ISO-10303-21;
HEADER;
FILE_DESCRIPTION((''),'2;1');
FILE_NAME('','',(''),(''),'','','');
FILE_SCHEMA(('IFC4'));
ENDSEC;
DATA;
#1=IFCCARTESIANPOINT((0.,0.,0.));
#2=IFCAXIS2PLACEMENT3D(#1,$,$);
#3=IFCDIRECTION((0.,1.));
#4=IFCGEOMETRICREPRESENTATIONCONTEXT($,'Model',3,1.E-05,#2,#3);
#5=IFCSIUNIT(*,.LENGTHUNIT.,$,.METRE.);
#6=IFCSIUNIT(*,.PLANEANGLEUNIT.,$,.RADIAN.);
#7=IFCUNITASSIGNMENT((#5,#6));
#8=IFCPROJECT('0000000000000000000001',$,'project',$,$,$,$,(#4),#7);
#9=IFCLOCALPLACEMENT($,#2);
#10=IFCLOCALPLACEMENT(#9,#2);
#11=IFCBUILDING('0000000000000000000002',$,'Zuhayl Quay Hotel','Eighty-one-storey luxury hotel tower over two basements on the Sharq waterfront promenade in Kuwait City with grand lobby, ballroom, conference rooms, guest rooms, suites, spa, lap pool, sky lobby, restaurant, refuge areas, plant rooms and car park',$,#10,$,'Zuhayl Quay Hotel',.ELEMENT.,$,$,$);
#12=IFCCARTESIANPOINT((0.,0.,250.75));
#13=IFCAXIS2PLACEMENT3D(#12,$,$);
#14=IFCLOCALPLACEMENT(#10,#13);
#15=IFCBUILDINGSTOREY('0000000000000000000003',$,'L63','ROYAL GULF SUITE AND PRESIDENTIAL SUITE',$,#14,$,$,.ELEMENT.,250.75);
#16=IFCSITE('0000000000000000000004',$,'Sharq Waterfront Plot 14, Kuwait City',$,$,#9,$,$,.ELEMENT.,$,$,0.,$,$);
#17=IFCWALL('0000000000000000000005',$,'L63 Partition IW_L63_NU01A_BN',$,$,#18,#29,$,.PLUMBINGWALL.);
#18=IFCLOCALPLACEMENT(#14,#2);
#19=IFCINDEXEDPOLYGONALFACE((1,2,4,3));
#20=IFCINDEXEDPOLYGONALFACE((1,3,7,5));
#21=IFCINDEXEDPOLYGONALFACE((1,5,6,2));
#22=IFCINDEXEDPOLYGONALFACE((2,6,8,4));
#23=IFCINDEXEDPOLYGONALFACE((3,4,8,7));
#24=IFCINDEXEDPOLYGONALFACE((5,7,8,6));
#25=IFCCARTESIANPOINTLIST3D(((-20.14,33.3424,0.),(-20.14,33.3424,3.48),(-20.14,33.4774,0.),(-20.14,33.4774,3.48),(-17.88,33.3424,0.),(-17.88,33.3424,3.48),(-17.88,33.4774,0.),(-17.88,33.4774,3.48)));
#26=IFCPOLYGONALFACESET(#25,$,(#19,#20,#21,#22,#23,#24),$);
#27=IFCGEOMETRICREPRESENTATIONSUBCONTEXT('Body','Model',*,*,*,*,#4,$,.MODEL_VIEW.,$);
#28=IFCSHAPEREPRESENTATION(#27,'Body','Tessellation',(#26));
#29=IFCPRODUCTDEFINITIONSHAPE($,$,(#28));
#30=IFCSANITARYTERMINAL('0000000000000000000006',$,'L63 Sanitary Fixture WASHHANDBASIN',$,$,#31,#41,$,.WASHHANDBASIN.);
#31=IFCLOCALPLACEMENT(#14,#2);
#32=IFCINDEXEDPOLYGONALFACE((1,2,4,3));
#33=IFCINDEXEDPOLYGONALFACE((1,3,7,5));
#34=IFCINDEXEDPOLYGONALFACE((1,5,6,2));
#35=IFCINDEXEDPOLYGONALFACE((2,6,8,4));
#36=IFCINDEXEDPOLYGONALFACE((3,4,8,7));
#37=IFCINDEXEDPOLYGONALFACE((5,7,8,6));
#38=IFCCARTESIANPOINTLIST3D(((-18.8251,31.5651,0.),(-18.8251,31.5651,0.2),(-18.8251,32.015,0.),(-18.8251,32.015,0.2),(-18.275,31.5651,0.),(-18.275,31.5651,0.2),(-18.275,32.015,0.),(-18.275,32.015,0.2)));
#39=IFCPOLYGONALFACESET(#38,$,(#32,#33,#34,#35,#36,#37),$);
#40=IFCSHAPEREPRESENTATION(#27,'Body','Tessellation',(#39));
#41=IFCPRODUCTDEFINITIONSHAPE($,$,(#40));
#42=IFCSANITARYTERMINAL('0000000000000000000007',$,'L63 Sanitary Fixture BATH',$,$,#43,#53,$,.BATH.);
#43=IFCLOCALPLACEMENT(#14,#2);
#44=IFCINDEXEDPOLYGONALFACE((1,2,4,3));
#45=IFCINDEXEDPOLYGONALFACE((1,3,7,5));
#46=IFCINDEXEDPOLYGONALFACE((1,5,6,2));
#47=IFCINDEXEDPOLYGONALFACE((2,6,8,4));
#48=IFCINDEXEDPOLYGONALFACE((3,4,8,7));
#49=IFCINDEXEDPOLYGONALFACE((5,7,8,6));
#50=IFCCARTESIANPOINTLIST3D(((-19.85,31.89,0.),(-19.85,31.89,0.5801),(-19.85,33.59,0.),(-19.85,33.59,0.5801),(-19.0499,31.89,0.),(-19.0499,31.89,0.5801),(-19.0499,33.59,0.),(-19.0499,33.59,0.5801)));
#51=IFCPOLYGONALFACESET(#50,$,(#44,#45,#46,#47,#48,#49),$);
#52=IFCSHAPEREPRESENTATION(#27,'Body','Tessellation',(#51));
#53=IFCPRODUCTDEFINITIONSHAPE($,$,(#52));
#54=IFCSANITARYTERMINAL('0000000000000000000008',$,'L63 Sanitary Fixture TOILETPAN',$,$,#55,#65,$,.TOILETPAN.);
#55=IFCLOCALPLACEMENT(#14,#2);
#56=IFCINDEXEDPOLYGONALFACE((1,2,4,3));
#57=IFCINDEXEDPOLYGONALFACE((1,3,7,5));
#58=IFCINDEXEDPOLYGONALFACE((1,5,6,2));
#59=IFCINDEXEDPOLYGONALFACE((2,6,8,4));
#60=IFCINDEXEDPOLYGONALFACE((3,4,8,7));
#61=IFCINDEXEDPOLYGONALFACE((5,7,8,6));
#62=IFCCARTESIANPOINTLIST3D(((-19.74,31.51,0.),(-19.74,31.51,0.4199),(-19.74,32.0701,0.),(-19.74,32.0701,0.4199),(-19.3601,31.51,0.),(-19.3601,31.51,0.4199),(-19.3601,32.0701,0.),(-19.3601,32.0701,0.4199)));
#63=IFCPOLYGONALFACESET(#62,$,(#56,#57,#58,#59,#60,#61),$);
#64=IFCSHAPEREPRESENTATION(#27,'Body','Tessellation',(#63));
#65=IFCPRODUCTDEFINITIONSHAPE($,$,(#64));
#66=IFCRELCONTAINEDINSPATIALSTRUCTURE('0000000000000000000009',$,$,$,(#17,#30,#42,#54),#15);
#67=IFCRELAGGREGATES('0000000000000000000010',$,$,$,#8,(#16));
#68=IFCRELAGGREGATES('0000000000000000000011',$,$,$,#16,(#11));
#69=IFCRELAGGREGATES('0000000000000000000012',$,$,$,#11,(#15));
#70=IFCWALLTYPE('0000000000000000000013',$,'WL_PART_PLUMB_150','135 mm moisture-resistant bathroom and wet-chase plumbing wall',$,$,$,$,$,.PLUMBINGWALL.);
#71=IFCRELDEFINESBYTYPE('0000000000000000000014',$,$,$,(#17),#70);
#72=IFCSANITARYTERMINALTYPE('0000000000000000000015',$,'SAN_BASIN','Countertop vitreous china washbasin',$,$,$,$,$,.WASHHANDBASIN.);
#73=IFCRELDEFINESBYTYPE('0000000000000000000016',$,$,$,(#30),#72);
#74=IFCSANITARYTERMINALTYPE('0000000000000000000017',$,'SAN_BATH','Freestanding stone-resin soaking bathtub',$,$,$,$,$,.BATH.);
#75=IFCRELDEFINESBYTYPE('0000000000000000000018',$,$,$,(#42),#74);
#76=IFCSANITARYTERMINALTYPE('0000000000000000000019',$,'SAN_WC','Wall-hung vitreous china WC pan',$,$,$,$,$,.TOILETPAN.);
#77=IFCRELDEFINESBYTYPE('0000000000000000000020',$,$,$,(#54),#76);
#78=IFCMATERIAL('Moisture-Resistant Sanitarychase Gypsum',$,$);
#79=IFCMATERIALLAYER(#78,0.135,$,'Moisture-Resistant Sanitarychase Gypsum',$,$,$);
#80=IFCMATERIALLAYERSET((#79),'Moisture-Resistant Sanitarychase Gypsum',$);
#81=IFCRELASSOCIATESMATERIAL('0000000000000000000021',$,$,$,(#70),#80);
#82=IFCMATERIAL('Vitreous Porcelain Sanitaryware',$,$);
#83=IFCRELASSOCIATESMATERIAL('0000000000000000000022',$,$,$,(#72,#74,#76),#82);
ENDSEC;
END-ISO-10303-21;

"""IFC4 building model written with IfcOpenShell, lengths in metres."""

from ifc_helpers import new_model, si_unit, direction, frame, frame_2d, origin, origin_2d, place, context, subcontext, project, spatial, rectangle, extrude, material, layer, layer_set, type_object, element, save


model = new_model("IFC4")

# Units and contexts
model_context = context("Model", 3, precision=1e-05, world=origin(), true_north=direction((0.0, 1.0)))
body_context = subcontext(model_context, "Body", "Model", "MODEL_VIEW")
ifc_project = project(units=[si_unit("LENGTHUNIT", "METRE"), si_unit("PLANEANGLEUNIT", "RADIAN")], contexts=[model_context])

# Site, building, storey
site_placement = place(None, origin())
site = spatial("IfcSite", under=ifc_project, at=site_placement, Name="Sharq Waterfront Plot 14, Kuwait City", CompositionType="ELEMENT", RefElevation=0.0)
building_placement = place(site_placement, origin())
building = spatial("IfcBuilding", under=site, at=building_placement, Name="Zuhayl Quay Hotel", Description="Eighty-one-storey luxury hotel tower over two basements on the Sharq waterfront promenade in Kuwait City with grand lobby, ballroom, conference rooms, guest rooms, suites, spa, lap pool, sky lobby, restaurant, refuge areas, plant rooms and car park", LongName="Zuhayl Quay Hotel", CompositionType="ELEMENT")
storey_placement = place(building_placement, frame((0.0, 0.0, 250.75)))
storey = spatial("IfcBuildingStorey", under=building, at=storey_placement, Name="L63", Description="ROYAL GULF SUITE AND PRESIDENTIAL SUITE", CompositionType="ELEMENT", Elevation=250.75)

# Shared definitions
ifc_material_1 = material(Name="Moisture-Resistant Sanitarychase Gypsum")
ifc_layer_1 = layer(ifc_material_1, 0.135, Name="Moisture-Resistant Sanitarychase Gypsum")
ifc_layer_set_1 = layer_set([ifc_layer_1], Name="Moisture-Resistant Sanitarychase Gypsum")
wall_type_1 = type_object("IfcWallType", Name="WL_PART_PLUMB_150", Description="135 mm moisture-resistant bathroom and wet-chase plumbing wall", PredefinedType="PLUMBINGWALL", material=ifc_layer_set_1)

# Wall
wall_1_placement = place(storey_placement, frame((-20.1399, 33.4099, 0.0), z_axis=(0.0, 0.0, 1.0), x_axis=(1.0, 0.0, 0.0)))
element("IfcWall", 1, at=wall_1_placement, inside=storey, type_object=wall_type_1, Name="L63 Partition IW_L63_NU01A_BN", PredefinedType="PLUMBINGWALL", context=body_context, shape_type="SweptSolid", body=[
    extrude(rectangle(XDim=2.26, YDim=0.135, at=frame_2d((1.1299, 0.0))), origin(), (0.0, 0.0, 1.0), 3.48),
])

# Sanitary terminals
ifc_material_2 = material(Name="Vitreous Porcelain Sanitaryware")
sanitary_terminal_type_1 = type_object("IfcSanitaryTerminalType", Name="SAN_BASIN", Description="Countertop vitreous china washbasin", PredefinedType="WASHHANDBASIN", material=ifc_material_2)
sanitary_terminal_1_placement = place(storey_placement, frame((-18.55, 31.79, 0.0), z_axis=(0.0, 0.0, 1.0), x_axis=(1.0, 0.0, 0.0)))
element("IfcSanitaryTerminal", 2, at=sanitary_terminal_1_placement, inside=storey, type_object=sanitary_terminal_type_1, Name="L63 Sanitary Fixture WASHHANDBASIN", PredefinedType="WASHHANDBASIN", context=body_context, shape_type="SweptSolid", body=[
    extrude(rectangle(XDim=0.55, YDim=0.45, at=origin_2d()), origin(), (0.0, 0.0, 1.0), 0.2),
])
sanitary_terminal_type_2 = type_object("IfcSanitaryTerminalType", Name="SAN_BATH", Description="Freestanding stone-resin soaking bathtub", PredefinedType="BATH", material=ifc_material_2)
sanitary_terminal_2_placement = place(storey_placement, frame((-19.45, 32.74, 0.0), z_axis=(0.0, 0.0, 1.0), x_axis=(1.0, 0.0, 0.0)))
element("IfcSanitaryTerminal", 3, at=sanitary_terminal_2_placement, inside=storey, type_object=sanitary_terminal_type_2, Name="L63 Sanitary Fixture BATH", PredefinedType="BATH", context=body_context, shape_type="SweptSolid", body=[
    extrude(rectangle(XDim=0.8, YDim=1.7, at=origin_2d()), origin(), (0.0, 0.0, 1.0), 0.5801),
])
sanitary_terminal_type_3 = type_object("IfcSanitaryTerminalType", Name="SAN_WC", Description="Wall-hung vitreous china WC pan", PredefinedType="TOILETPAN", material=ifc_material_2)
sanitary_terminal_3_placement = place(storey_placement, frame((-19.55, 31.79, 0.0), z_axis=(0.0, 0.0, 1.0), x_axis=(1.0, 0.0, 0.0)))
element("IfcSanitaryTerminal", 4, at=sanitary_terminal_3_placement, inside=storey, type_object=sanitary_terminal_type_3, Name="L63 Sanitary Fixture TOILETPAN", PredefinedType="TOILETPAN", context=body_context, shape_type="SweptSolid", body=[
    extrude(rectangle(XDim=0.3799, YDim=0.5601, at=origin_2d()), origin(), (0.0, 0.0, 1.0), 0.4199),
])

save(model, "model.ifc")
